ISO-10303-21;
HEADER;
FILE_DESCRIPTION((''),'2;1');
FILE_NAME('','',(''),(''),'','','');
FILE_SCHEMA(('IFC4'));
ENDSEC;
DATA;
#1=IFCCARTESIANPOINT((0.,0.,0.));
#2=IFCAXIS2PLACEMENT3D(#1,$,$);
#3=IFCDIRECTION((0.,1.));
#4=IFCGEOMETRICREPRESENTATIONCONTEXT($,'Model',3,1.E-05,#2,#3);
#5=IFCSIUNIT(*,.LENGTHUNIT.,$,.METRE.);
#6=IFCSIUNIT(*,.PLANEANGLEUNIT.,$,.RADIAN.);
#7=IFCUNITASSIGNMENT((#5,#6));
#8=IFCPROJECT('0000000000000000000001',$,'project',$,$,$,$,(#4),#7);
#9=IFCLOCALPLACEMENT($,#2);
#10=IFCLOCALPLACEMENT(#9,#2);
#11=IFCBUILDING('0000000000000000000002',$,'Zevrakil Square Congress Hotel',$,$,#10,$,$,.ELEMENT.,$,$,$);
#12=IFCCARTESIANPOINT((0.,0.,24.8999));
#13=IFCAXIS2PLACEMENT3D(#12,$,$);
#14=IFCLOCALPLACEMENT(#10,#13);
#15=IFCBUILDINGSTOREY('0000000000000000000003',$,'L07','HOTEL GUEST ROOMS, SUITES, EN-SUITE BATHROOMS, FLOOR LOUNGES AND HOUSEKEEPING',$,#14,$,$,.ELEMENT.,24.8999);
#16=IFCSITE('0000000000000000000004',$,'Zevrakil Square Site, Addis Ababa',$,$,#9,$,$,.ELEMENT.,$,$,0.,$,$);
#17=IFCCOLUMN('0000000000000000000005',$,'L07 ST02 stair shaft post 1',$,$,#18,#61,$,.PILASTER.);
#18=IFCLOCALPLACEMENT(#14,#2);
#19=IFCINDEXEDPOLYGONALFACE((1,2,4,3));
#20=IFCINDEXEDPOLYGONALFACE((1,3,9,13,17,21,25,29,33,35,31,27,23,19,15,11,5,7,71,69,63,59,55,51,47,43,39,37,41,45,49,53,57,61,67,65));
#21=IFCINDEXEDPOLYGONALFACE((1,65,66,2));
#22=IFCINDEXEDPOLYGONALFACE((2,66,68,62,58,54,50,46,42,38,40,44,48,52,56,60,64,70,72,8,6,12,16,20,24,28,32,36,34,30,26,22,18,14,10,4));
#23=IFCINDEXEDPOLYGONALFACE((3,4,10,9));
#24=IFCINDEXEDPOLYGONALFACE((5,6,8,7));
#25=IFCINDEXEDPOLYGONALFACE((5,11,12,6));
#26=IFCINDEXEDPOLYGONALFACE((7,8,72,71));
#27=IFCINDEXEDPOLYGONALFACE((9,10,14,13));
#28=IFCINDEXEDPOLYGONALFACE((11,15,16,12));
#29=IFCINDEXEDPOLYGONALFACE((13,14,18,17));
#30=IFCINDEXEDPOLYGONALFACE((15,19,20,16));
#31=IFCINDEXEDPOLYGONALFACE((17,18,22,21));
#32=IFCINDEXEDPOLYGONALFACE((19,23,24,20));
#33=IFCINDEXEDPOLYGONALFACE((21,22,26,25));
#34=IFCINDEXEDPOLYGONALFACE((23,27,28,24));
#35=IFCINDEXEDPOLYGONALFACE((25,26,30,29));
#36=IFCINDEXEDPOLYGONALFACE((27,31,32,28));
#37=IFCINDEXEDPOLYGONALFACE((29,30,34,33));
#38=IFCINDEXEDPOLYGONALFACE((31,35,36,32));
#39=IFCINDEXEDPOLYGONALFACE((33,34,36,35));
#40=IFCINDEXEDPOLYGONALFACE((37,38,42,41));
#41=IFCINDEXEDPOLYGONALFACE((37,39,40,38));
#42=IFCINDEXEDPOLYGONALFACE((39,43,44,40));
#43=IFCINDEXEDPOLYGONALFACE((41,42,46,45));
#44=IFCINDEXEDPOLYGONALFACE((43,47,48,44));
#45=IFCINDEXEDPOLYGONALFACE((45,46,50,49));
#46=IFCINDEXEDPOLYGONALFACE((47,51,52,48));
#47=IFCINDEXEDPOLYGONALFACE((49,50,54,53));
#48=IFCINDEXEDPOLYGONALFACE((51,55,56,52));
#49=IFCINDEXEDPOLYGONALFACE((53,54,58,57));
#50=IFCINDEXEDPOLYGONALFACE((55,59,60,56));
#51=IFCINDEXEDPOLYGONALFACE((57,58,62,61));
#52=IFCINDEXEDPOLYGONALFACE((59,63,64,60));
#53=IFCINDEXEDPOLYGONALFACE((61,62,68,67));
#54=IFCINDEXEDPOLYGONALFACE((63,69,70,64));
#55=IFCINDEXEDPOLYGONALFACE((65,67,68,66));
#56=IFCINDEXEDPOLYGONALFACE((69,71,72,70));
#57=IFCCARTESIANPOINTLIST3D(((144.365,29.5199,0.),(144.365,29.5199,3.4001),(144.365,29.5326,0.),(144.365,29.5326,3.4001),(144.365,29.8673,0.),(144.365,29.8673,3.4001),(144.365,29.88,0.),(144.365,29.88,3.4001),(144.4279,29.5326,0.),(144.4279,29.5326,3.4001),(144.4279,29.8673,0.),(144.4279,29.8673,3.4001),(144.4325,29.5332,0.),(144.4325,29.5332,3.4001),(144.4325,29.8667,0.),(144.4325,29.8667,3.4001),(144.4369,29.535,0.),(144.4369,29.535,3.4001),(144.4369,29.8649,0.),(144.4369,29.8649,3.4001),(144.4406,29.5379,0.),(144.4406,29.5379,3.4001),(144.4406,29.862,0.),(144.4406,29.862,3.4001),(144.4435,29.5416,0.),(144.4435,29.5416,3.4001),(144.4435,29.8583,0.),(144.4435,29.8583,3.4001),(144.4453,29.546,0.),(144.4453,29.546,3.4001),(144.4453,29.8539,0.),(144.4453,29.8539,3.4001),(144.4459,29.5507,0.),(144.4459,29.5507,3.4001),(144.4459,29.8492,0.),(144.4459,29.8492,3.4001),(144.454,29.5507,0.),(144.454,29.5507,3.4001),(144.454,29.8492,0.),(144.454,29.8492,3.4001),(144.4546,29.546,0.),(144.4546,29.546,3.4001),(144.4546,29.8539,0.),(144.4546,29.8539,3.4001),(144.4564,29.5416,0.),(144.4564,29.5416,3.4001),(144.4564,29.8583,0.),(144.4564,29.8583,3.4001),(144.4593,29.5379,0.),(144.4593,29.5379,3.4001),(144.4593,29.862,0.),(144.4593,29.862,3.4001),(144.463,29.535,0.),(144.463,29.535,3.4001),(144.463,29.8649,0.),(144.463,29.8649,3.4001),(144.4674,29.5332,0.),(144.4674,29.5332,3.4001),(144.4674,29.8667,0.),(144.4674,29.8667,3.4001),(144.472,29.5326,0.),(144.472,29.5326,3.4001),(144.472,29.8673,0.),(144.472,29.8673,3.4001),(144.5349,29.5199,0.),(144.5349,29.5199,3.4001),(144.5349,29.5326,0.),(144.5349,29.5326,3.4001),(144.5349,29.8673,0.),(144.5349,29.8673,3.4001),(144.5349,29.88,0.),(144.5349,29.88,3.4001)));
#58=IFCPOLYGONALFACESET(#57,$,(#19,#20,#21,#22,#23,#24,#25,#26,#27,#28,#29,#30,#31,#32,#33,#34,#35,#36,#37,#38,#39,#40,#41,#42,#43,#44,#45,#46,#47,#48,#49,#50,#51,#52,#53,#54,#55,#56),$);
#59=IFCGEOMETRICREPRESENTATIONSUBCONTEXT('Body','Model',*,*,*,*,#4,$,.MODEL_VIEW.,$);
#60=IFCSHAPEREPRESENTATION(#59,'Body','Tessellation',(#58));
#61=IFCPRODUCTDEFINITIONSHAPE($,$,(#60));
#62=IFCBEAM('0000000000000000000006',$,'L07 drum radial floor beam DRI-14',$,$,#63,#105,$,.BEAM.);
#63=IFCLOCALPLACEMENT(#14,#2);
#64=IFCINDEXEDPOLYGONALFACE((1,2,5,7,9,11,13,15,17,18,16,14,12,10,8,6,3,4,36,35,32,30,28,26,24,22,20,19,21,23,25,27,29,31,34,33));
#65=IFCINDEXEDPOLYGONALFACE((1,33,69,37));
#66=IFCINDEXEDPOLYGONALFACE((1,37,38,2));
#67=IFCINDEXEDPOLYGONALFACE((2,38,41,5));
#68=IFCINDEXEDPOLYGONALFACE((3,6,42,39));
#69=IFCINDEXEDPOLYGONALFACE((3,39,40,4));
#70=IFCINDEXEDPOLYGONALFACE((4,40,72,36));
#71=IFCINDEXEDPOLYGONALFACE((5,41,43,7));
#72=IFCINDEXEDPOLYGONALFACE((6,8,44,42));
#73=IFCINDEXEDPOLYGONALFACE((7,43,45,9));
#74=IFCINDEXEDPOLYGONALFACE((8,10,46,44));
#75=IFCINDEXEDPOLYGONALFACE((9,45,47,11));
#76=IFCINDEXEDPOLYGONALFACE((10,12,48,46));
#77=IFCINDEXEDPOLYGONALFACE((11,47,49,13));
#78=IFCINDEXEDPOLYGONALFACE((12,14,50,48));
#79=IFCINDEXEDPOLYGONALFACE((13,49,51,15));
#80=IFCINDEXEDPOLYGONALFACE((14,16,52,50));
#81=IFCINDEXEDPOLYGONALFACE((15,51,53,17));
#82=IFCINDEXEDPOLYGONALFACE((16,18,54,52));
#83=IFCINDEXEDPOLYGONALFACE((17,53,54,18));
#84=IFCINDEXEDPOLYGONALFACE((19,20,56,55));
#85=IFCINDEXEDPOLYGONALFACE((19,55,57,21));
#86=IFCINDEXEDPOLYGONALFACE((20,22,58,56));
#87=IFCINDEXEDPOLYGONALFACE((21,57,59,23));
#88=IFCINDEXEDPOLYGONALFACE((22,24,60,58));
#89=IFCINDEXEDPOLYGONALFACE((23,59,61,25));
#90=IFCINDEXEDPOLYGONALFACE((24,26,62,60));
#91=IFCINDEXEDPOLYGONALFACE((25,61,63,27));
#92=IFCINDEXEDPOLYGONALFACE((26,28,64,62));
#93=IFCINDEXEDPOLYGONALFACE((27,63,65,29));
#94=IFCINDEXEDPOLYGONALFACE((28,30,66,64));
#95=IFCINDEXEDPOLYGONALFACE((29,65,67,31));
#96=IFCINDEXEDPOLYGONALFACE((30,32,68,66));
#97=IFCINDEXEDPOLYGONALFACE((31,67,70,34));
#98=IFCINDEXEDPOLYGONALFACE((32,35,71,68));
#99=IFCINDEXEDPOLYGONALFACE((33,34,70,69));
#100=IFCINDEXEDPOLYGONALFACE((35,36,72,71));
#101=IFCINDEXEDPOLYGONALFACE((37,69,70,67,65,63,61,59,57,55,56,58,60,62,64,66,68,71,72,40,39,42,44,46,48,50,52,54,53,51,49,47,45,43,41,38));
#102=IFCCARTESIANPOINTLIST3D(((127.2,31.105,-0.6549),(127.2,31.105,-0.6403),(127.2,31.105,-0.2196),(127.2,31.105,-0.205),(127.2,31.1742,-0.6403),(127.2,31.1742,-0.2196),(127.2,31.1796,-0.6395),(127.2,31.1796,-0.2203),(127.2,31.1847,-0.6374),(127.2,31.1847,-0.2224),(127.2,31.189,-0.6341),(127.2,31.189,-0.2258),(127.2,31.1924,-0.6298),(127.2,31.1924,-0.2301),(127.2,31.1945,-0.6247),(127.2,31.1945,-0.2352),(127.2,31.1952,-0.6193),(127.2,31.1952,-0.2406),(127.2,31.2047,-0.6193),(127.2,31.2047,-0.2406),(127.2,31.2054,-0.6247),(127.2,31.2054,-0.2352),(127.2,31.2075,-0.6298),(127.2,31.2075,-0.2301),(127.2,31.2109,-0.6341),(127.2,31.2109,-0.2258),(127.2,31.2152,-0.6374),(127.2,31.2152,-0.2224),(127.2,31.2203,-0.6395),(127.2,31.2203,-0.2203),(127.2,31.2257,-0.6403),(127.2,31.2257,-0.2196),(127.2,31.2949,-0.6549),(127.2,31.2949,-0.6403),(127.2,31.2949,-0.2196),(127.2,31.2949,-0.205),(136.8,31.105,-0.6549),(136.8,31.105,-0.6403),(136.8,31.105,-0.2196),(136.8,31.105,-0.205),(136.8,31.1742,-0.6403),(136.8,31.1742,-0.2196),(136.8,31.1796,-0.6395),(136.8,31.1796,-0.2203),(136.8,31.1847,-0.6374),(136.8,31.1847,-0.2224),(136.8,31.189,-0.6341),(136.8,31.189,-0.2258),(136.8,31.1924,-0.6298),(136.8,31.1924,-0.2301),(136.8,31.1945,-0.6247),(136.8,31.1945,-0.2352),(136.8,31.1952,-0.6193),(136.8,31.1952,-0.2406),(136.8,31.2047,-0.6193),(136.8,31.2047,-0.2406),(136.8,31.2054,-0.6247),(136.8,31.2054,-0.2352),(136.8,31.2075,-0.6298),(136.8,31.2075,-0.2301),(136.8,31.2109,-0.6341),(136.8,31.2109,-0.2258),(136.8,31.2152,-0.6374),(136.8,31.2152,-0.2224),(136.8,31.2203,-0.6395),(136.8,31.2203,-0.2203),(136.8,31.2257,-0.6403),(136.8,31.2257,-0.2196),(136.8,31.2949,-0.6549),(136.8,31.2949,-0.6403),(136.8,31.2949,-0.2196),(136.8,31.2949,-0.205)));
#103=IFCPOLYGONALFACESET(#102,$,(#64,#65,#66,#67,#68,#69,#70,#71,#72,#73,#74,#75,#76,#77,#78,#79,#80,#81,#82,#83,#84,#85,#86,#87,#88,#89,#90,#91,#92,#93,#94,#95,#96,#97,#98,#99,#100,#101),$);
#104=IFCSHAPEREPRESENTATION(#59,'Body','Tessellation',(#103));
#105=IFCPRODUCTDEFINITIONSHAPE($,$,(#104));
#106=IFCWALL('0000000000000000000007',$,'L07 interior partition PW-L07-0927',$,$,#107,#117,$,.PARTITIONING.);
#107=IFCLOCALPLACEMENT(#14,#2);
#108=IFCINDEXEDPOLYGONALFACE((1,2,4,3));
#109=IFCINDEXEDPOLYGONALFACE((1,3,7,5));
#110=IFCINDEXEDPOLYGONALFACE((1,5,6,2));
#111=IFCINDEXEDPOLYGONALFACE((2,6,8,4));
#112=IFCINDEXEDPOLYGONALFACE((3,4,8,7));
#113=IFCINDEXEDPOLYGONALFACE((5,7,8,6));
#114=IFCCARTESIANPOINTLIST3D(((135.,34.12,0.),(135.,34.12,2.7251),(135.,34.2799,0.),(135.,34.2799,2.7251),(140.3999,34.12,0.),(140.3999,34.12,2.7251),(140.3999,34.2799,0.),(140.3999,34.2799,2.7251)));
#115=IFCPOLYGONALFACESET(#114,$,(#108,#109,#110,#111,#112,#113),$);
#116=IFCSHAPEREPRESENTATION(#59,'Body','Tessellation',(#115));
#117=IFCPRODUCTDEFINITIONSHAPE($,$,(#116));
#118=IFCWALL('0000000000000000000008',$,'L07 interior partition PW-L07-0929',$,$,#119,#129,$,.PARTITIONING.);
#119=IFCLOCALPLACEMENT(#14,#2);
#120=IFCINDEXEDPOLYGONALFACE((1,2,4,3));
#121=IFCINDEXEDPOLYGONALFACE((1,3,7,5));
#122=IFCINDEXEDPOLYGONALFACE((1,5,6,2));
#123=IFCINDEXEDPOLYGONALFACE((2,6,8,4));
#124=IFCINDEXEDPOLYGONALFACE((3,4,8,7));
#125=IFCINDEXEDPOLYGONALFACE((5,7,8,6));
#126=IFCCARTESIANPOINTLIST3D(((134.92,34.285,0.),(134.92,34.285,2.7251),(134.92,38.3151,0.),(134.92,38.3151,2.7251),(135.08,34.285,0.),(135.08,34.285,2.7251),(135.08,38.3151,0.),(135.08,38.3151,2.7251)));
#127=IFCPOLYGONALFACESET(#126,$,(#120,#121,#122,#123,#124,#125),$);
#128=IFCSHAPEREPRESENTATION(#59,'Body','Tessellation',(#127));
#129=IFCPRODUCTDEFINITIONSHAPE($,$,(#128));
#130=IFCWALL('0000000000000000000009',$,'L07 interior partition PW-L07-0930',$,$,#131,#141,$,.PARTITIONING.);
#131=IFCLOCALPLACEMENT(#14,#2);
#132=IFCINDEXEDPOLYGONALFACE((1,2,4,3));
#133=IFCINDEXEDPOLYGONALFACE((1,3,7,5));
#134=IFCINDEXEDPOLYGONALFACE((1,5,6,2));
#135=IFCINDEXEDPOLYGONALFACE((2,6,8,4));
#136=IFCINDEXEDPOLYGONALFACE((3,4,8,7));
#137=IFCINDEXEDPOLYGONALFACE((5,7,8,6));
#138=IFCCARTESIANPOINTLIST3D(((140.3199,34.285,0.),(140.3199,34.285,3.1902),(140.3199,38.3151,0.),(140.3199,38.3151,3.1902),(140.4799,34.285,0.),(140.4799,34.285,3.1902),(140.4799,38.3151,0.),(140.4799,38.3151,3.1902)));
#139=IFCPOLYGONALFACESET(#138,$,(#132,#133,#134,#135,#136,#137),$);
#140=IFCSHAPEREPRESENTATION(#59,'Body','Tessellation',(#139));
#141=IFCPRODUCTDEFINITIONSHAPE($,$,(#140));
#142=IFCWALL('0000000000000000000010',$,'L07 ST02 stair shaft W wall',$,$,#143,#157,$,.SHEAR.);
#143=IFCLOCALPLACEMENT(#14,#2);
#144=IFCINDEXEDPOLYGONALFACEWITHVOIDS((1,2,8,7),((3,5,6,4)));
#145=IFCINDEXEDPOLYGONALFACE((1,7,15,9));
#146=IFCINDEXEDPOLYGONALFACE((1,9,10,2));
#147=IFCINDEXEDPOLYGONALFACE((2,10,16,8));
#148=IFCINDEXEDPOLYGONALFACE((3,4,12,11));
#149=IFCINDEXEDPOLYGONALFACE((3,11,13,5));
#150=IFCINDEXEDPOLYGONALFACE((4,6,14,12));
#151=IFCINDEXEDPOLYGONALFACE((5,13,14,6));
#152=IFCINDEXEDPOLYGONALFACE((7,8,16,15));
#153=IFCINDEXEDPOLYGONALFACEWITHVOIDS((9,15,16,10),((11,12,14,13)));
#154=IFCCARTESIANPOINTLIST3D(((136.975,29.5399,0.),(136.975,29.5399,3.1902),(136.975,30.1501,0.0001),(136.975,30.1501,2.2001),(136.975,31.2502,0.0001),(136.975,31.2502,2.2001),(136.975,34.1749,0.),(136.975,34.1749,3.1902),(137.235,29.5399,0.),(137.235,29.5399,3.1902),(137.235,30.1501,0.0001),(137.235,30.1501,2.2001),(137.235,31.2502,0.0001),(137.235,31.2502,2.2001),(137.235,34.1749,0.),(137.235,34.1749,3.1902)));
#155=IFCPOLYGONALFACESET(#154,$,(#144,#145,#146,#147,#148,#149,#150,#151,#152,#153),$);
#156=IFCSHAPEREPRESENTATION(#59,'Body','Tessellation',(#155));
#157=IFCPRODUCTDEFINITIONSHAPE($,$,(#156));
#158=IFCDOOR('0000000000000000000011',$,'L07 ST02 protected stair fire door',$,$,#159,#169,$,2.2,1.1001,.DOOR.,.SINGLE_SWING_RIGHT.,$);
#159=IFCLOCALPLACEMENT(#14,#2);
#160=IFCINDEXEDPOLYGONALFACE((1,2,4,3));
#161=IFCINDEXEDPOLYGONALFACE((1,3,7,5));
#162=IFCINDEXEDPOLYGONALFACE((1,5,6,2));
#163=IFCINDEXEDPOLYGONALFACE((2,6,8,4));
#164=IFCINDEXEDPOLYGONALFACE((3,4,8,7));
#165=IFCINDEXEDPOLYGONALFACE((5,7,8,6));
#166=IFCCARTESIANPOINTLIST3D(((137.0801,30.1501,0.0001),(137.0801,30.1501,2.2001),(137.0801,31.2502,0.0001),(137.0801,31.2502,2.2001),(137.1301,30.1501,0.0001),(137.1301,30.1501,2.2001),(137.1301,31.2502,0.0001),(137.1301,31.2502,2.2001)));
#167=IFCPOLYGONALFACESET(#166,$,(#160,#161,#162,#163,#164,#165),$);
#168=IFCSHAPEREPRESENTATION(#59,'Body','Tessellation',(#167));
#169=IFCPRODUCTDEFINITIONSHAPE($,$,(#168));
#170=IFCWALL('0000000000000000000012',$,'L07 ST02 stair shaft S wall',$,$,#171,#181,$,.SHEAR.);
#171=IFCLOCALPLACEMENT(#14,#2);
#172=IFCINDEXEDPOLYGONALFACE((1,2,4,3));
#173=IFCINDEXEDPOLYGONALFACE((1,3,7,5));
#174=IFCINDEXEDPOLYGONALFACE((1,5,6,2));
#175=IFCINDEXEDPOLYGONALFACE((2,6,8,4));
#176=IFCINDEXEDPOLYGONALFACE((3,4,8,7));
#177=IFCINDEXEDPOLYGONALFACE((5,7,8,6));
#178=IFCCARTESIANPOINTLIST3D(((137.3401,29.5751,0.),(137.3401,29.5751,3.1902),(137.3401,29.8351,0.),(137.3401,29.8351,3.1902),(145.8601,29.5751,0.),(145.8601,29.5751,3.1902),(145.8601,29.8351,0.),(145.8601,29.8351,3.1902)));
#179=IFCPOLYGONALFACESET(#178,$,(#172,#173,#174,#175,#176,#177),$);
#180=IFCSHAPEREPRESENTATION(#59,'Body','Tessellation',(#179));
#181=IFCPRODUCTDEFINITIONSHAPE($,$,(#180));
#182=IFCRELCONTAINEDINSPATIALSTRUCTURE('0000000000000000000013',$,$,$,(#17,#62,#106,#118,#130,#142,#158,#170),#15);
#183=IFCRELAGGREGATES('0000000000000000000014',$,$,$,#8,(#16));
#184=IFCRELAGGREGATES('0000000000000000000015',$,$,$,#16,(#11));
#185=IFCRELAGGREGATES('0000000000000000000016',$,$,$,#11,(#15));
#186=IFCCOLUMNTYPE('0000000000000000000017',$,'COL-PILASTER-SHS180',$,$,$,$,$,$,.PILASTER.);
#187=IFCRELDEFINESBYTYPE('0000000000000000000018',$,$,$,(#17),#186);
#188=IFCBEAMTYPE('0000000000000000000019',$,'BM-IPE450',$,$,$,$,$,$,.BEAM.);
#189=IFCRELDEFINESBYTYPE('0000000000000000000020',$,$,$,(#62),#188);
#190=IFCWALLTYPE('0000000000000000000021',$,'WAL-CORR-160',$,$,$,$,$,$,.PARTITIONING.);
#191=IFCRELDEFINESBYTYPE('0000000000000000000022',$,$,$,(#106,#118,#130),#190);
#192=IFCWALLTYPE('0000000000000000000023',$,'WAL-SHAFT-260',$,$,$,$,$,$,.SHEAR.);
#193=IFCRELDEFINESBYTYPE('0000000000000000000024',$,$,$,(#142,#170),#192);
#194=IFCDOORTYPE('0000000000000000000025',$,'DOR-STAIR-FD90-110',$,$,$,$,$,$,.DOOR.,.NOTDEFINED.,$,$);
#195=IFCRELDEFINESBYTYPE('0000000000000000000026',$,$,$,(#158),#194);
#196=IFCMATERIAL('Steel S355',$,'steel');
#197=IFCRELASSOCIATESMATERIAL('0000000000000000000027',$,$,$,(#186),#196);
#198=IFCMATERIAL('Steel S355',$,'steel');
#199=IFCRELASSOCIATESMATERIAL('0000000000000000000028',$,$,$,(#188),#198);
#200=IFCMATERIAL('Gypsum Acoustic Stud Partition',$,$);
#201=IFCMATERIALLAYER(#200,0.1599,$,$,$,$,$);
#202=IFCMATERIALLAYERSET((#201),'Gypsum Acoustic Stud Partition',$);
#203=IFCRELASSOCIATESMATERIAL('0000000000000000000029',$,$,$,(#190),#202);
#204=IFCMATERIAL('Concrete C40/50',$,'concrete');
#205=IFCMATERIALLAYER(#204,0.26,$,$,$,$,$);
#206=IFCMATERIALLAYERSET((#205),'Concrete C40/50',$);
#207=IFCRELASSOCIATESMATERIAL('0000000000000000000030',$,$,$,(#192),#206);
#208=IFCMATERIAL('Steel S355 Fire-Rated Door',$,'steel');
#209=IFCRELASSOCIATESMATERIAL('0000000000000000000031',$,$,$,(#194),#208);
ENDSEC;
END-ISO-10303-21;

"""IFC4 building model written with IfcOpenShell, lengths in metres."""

from ifc_helpers import new_model, si_unit, direction, frame, frame_2d, origin, origin_2d, place, context, subcontext, project, spatial, rectangle, i_section, extrude, material, layer, layer_set, material_profile, profile_set, type_object, element, fill, save


model = new_model("IFC4")

# Units and contexts
model_context = context("Model", 3, precision=1e-05, world=origin(), true_north=direction((0.0, 1.0)))
body_context = subcontext(model_context, "Body", "Model", "MODEL_VIEW")
ifc_project = project(units=[si_unit("LENGTHUNIT", "METRE"), si_unit("PLANEANGLEUNIT", "RADIAN")], contexts=[model_context])

# Site, building, storey
site_placement = place(None, origin())
site = spatial("IfcSite", under=ifc_project, at=site_placement, Name="Zevrakil Square Site, Addis Ababa", CompositionType="ELEMENT", RefElevation=0.0)
building_placement = place(site_placement, origin())
building = spatial("IfcBuilding", under=site, at=building_placement, Name="Zevrakil Square Congress Hotel", CompositionType="ELEMENT")
storey_placement = place(building_placement, frame((0.0, 0.0, 24.8999)))
storey = spatial("IfcBuildingStorey", under=building, at=storey_placement, Name="L07", Description="HOTEL GUEST ROOMS, SUITES, EN-SUITE BATHROOMS, FLOOR LOUNGES AND HOUSEKEEPING", CompositionType="ELEMENT", Elevation=24.8999)

# Column
ifc_material_1 = material(Name="Steel S355", Category="steel")
ifc_material_profile_1 = material_profile(ifc_material_1, i_section(OverallWidth=0.1699, OverallDepth=0.3601, WebThickness=0.0081, FlangeThickness=0.0127, FilletRadius=0.0181, at=origin_2d()), Name="IPE 360")
ifc_profile_set_1 = profile_set([ifc_material_profile_1], Name="Steel S355")
column_type = type_object("IfcColumnType", Name="COL-PILASTER-SHS180", PredefinedType="PILASTER", material=ifc_profile_set_1)
column_placement = place(storey_placement, frame((144.45, 29.7, 0.0), z_axis=(0.0, 0.0, 1.0), x_axis=(1.0, 0.0, 0.0)))
element("IfcColumn", 1, at=column_placement, inside=storey, type_object=column_type, Name="L07 ST02 stair shaft post 1", PredefinedType="PILASTER", context=body_context, shape_type="SweptSolid", body=[
    extrude(i_section(OverallWidth=0.1699, OverallDepth=0.3601, WebThickness=0.0081, FlangeThickness=0.0127, FilletRadius=0.0181, at=origin_2d()), origin(), (0.0, 0.0, 1.0), 3.4001),
])

# Beam
ifc_material_2 = material(Name="Steel S355", Category="steel")
ifc_material_profile_2 = material_profile(ifc_material_2, i_section(OverallWidth=0.1899, OverallDepth=0.45, WebThickness=0.0095, FlangeThickness=0.0146, FilletRadius=0.021, at=origin_2d()), Name="IPE 450")
ifc_profile_set_2 = profile_set([ifc_material_profile_2], Name="Steel S355")
beam_type = type_object("IfcBeamType", Name="BM-IPE450", PredefinedType="BEAM", material=ifc_profile_set_2)
beam_placement = place(storey_placement, frame((136.8, 31.2, -0.4299), z_axis=(-1.0, 0.0, 0.0), x_axis=(0.0, -1.0, 0.0)))
element("IfcBeam", 2, at=beam_placement, inside=storey, type_object=beam_type, Name="L07 drum radial floor beam DRI-14", PredefinedType="BEAM", context=body_context, shape_type="SweptSolid", body=[
    extrude(i_section(OverallWidth=0.1899, OverallDepth=0.45, WebThickness=0.0095, FlangeThickness=0.0146, FilletRadius=0.021, at=origin_2d()), origin(), (0.0, 0.0, 1.0), 9.6001),
])

# Walls
ifc_material_3 = material(Name="Gypsum Acoustic Stud Partition")
ifc_layer_1 = layer(ifc_material_3, 0.1599)
ifc_layer_set_1 = layer_set([ifc_layer_1], Name="Gypsum Acoustic Stud Partition")
wall_type_1 = type_object("IfcWallType", Name="WAL-CORR-160", PredefinedType="PARTITIONING", material=ifc_layer_set_1)
wall_1_placement = place(storey_placement, frame((135.0, 34.2, 0.0), z_axis=(0.0, 0.0, 1.0), x_axis=(1.0, 0.0, 0.0)))
element("IfcWall", 3, at=wall_1_placement, inside=storey, type_object=wall_type_1, Name="L07 interior partition PW-L07-0927", PredefinedType="PARTITIONING", context=body_context, shape_type="SweptSolid", body=[
    extrude(rectangle(XDim=5.3999, YDim=0.1599, at=frame_2d((2.7, 0.0))), origin(), (0.0, 0.0, 1.0), 2.7251),
])
wall_2_placement = place(storey_placement, frame((135.0, 34.2849, 0.0), z_axis=(0.0, 0.0, 1.0), x_axis=(0.0, 1.0, 0.0)))
element("IfcWall", 4, at=wall_2_placement, inside=storey, type_object=wall_type_1, Name="L07 interior partition PW-L07-0929", PredefinedType="PARTITIONING", context=body_context, shape_type="SweptSolid", body=[
    extrude(rectangle(XDim=4.03, YDim=0.1599, at=frame_2d((2.0151, 0.0))), origin(), (0.0, 0.0, 1.0), 2.7251),
])
wall_3_placement = place(storey_placement, frame((140.3999, 34.2849, 0.0), z_axis=(0.0, 0.0, 1.0), x_axis=(0.0, 1.0, 0.0)))
element("IfcWall", 5, at=wall_3_placement, inside=storey, type_object=wall_type_1, Name="L07 interior partition PW-L07-0930", PredefinedType="PARTITIONING", context=body_context, shape_type="SweptSolid", body=[
    extrude(rectangle(XDim=4.03, YDim=0.1599, at=frame_2d((2.0151, 0.0))), origin(), (0.0, 0.0, 1.0), 3.1902),
])

# Wall, opening, door
ifc_material_4 = material(Name="Concrete C40/50", Category="concrete")
ifc_layer_2 = layer(ifc_material_4, 0.26)
ifc_layer_set_2 = layer_set([ifc_layer_2], Name="Concrete C40/50")
wall_type_2 = type_object("IfcWallType", Name="WAL-SHAFT-260", PredefinedType="SHEAR", material=ifc_layer_set_2)
wall_4_placement = place(storey_placement, frame((137.105, 29.54, 0.0), z_axis=(0.0, 0.0, 1.0), x_axis=(0.0, 1.0, 0.0)))
wall_4 = element("IfcWall", 6, at=wall_4_placement, inside=storey, type_object=wall_type_2, Name="L07 ST02 stair shaft W wall", PredefinedType="SHEAR", context=body_context, shape_type="SweptSolid", body=[
    extrude(rectangle(XDim=4.635, YDim=0.26, at=frame_2d((2.3174, 0.0))), origin(), (0.0, 0.0, 1.0), 3.1902),
])
opening_1_placement = place(wall_4_placement, frame((0.6101, 0.0, 0.0)))
opening_1 = element("IfcOpeningElement", 7, at=opening_1_placement, cuts=wall_4, PredefinedType="OPENING", context=body_context, shape_type="SweptSolid", body=[
    extrude(rectangle(XDim=1.1001, YDim=2.2, at=frame_2d((0.55, 1.1001))), frame((0.0, 0.1401, 0.0), z_axis=(0.0, -1.0, 0.0), x_axis=(1.0, 0.0, 0.0)), (0.0, 0.0, 1.0), 0.28),
])
ifc_material_5 = material(Name="Steel S355 Fire-Rated Door", Category="steel")
door_type_1 = type_object("IfcDoorType", Name="DOR-STAIR-FD90-110", OperationType="NOTDEFINED", PredefinedType="DOOR", material=ifc_material_5)
door_1_placement = place(opening_1_placement, origin())
door_1 = element("IfcDoor", 8, at=door_1_placement, inside=storey, type_object=door_type_1, Name="L07 ST02 protected stair fire door", OperationType="SINGLE_SWING_RIGHT", OverallHeight=2.2, OverallWidth=1.1001, PredefinedType="DOOR", context=body_context, shape_type="SweptSolid", body=[
    extrude(rectangle(XDim=1.1001, YDim=2.2, at=frame_2d((0.55, 1.1001))), frame((0.0, 0.0249, 0.0), z_axis=(0.0, -1.0, 0.0), x_axis=(1.0, 0.0, 0.0)), (0.0, 0.0, 1.0), 0.05),
])
fill(opening_1, door_1)

# Wall
for number, where, z_axis, x_axis, name in (
    (9, (137.3401, 29.7051, 0.0), (0.0, 0.0, 1.0), (1.0, 0.0, 0.0), "L07 ST02 stair shaft S wall"),
):
    element("IfcWall", number, at=place(storey_placement, frame(where, z_axis=z_axis, x_axis=x_axis)), inside=storey, type_object=wall_type_2, Name=name, PredefinedType="SHEAR", context=body_context, shape_type="SweptSolid", body=[
        extrude(rectangle(XDim=8.52, YDim=0.26, at=frame_2d((4.26, 0.0))), origin(), (0.0, 0.0, 1.0), 3.1902),
    ])

save(model, "model.ifc")
